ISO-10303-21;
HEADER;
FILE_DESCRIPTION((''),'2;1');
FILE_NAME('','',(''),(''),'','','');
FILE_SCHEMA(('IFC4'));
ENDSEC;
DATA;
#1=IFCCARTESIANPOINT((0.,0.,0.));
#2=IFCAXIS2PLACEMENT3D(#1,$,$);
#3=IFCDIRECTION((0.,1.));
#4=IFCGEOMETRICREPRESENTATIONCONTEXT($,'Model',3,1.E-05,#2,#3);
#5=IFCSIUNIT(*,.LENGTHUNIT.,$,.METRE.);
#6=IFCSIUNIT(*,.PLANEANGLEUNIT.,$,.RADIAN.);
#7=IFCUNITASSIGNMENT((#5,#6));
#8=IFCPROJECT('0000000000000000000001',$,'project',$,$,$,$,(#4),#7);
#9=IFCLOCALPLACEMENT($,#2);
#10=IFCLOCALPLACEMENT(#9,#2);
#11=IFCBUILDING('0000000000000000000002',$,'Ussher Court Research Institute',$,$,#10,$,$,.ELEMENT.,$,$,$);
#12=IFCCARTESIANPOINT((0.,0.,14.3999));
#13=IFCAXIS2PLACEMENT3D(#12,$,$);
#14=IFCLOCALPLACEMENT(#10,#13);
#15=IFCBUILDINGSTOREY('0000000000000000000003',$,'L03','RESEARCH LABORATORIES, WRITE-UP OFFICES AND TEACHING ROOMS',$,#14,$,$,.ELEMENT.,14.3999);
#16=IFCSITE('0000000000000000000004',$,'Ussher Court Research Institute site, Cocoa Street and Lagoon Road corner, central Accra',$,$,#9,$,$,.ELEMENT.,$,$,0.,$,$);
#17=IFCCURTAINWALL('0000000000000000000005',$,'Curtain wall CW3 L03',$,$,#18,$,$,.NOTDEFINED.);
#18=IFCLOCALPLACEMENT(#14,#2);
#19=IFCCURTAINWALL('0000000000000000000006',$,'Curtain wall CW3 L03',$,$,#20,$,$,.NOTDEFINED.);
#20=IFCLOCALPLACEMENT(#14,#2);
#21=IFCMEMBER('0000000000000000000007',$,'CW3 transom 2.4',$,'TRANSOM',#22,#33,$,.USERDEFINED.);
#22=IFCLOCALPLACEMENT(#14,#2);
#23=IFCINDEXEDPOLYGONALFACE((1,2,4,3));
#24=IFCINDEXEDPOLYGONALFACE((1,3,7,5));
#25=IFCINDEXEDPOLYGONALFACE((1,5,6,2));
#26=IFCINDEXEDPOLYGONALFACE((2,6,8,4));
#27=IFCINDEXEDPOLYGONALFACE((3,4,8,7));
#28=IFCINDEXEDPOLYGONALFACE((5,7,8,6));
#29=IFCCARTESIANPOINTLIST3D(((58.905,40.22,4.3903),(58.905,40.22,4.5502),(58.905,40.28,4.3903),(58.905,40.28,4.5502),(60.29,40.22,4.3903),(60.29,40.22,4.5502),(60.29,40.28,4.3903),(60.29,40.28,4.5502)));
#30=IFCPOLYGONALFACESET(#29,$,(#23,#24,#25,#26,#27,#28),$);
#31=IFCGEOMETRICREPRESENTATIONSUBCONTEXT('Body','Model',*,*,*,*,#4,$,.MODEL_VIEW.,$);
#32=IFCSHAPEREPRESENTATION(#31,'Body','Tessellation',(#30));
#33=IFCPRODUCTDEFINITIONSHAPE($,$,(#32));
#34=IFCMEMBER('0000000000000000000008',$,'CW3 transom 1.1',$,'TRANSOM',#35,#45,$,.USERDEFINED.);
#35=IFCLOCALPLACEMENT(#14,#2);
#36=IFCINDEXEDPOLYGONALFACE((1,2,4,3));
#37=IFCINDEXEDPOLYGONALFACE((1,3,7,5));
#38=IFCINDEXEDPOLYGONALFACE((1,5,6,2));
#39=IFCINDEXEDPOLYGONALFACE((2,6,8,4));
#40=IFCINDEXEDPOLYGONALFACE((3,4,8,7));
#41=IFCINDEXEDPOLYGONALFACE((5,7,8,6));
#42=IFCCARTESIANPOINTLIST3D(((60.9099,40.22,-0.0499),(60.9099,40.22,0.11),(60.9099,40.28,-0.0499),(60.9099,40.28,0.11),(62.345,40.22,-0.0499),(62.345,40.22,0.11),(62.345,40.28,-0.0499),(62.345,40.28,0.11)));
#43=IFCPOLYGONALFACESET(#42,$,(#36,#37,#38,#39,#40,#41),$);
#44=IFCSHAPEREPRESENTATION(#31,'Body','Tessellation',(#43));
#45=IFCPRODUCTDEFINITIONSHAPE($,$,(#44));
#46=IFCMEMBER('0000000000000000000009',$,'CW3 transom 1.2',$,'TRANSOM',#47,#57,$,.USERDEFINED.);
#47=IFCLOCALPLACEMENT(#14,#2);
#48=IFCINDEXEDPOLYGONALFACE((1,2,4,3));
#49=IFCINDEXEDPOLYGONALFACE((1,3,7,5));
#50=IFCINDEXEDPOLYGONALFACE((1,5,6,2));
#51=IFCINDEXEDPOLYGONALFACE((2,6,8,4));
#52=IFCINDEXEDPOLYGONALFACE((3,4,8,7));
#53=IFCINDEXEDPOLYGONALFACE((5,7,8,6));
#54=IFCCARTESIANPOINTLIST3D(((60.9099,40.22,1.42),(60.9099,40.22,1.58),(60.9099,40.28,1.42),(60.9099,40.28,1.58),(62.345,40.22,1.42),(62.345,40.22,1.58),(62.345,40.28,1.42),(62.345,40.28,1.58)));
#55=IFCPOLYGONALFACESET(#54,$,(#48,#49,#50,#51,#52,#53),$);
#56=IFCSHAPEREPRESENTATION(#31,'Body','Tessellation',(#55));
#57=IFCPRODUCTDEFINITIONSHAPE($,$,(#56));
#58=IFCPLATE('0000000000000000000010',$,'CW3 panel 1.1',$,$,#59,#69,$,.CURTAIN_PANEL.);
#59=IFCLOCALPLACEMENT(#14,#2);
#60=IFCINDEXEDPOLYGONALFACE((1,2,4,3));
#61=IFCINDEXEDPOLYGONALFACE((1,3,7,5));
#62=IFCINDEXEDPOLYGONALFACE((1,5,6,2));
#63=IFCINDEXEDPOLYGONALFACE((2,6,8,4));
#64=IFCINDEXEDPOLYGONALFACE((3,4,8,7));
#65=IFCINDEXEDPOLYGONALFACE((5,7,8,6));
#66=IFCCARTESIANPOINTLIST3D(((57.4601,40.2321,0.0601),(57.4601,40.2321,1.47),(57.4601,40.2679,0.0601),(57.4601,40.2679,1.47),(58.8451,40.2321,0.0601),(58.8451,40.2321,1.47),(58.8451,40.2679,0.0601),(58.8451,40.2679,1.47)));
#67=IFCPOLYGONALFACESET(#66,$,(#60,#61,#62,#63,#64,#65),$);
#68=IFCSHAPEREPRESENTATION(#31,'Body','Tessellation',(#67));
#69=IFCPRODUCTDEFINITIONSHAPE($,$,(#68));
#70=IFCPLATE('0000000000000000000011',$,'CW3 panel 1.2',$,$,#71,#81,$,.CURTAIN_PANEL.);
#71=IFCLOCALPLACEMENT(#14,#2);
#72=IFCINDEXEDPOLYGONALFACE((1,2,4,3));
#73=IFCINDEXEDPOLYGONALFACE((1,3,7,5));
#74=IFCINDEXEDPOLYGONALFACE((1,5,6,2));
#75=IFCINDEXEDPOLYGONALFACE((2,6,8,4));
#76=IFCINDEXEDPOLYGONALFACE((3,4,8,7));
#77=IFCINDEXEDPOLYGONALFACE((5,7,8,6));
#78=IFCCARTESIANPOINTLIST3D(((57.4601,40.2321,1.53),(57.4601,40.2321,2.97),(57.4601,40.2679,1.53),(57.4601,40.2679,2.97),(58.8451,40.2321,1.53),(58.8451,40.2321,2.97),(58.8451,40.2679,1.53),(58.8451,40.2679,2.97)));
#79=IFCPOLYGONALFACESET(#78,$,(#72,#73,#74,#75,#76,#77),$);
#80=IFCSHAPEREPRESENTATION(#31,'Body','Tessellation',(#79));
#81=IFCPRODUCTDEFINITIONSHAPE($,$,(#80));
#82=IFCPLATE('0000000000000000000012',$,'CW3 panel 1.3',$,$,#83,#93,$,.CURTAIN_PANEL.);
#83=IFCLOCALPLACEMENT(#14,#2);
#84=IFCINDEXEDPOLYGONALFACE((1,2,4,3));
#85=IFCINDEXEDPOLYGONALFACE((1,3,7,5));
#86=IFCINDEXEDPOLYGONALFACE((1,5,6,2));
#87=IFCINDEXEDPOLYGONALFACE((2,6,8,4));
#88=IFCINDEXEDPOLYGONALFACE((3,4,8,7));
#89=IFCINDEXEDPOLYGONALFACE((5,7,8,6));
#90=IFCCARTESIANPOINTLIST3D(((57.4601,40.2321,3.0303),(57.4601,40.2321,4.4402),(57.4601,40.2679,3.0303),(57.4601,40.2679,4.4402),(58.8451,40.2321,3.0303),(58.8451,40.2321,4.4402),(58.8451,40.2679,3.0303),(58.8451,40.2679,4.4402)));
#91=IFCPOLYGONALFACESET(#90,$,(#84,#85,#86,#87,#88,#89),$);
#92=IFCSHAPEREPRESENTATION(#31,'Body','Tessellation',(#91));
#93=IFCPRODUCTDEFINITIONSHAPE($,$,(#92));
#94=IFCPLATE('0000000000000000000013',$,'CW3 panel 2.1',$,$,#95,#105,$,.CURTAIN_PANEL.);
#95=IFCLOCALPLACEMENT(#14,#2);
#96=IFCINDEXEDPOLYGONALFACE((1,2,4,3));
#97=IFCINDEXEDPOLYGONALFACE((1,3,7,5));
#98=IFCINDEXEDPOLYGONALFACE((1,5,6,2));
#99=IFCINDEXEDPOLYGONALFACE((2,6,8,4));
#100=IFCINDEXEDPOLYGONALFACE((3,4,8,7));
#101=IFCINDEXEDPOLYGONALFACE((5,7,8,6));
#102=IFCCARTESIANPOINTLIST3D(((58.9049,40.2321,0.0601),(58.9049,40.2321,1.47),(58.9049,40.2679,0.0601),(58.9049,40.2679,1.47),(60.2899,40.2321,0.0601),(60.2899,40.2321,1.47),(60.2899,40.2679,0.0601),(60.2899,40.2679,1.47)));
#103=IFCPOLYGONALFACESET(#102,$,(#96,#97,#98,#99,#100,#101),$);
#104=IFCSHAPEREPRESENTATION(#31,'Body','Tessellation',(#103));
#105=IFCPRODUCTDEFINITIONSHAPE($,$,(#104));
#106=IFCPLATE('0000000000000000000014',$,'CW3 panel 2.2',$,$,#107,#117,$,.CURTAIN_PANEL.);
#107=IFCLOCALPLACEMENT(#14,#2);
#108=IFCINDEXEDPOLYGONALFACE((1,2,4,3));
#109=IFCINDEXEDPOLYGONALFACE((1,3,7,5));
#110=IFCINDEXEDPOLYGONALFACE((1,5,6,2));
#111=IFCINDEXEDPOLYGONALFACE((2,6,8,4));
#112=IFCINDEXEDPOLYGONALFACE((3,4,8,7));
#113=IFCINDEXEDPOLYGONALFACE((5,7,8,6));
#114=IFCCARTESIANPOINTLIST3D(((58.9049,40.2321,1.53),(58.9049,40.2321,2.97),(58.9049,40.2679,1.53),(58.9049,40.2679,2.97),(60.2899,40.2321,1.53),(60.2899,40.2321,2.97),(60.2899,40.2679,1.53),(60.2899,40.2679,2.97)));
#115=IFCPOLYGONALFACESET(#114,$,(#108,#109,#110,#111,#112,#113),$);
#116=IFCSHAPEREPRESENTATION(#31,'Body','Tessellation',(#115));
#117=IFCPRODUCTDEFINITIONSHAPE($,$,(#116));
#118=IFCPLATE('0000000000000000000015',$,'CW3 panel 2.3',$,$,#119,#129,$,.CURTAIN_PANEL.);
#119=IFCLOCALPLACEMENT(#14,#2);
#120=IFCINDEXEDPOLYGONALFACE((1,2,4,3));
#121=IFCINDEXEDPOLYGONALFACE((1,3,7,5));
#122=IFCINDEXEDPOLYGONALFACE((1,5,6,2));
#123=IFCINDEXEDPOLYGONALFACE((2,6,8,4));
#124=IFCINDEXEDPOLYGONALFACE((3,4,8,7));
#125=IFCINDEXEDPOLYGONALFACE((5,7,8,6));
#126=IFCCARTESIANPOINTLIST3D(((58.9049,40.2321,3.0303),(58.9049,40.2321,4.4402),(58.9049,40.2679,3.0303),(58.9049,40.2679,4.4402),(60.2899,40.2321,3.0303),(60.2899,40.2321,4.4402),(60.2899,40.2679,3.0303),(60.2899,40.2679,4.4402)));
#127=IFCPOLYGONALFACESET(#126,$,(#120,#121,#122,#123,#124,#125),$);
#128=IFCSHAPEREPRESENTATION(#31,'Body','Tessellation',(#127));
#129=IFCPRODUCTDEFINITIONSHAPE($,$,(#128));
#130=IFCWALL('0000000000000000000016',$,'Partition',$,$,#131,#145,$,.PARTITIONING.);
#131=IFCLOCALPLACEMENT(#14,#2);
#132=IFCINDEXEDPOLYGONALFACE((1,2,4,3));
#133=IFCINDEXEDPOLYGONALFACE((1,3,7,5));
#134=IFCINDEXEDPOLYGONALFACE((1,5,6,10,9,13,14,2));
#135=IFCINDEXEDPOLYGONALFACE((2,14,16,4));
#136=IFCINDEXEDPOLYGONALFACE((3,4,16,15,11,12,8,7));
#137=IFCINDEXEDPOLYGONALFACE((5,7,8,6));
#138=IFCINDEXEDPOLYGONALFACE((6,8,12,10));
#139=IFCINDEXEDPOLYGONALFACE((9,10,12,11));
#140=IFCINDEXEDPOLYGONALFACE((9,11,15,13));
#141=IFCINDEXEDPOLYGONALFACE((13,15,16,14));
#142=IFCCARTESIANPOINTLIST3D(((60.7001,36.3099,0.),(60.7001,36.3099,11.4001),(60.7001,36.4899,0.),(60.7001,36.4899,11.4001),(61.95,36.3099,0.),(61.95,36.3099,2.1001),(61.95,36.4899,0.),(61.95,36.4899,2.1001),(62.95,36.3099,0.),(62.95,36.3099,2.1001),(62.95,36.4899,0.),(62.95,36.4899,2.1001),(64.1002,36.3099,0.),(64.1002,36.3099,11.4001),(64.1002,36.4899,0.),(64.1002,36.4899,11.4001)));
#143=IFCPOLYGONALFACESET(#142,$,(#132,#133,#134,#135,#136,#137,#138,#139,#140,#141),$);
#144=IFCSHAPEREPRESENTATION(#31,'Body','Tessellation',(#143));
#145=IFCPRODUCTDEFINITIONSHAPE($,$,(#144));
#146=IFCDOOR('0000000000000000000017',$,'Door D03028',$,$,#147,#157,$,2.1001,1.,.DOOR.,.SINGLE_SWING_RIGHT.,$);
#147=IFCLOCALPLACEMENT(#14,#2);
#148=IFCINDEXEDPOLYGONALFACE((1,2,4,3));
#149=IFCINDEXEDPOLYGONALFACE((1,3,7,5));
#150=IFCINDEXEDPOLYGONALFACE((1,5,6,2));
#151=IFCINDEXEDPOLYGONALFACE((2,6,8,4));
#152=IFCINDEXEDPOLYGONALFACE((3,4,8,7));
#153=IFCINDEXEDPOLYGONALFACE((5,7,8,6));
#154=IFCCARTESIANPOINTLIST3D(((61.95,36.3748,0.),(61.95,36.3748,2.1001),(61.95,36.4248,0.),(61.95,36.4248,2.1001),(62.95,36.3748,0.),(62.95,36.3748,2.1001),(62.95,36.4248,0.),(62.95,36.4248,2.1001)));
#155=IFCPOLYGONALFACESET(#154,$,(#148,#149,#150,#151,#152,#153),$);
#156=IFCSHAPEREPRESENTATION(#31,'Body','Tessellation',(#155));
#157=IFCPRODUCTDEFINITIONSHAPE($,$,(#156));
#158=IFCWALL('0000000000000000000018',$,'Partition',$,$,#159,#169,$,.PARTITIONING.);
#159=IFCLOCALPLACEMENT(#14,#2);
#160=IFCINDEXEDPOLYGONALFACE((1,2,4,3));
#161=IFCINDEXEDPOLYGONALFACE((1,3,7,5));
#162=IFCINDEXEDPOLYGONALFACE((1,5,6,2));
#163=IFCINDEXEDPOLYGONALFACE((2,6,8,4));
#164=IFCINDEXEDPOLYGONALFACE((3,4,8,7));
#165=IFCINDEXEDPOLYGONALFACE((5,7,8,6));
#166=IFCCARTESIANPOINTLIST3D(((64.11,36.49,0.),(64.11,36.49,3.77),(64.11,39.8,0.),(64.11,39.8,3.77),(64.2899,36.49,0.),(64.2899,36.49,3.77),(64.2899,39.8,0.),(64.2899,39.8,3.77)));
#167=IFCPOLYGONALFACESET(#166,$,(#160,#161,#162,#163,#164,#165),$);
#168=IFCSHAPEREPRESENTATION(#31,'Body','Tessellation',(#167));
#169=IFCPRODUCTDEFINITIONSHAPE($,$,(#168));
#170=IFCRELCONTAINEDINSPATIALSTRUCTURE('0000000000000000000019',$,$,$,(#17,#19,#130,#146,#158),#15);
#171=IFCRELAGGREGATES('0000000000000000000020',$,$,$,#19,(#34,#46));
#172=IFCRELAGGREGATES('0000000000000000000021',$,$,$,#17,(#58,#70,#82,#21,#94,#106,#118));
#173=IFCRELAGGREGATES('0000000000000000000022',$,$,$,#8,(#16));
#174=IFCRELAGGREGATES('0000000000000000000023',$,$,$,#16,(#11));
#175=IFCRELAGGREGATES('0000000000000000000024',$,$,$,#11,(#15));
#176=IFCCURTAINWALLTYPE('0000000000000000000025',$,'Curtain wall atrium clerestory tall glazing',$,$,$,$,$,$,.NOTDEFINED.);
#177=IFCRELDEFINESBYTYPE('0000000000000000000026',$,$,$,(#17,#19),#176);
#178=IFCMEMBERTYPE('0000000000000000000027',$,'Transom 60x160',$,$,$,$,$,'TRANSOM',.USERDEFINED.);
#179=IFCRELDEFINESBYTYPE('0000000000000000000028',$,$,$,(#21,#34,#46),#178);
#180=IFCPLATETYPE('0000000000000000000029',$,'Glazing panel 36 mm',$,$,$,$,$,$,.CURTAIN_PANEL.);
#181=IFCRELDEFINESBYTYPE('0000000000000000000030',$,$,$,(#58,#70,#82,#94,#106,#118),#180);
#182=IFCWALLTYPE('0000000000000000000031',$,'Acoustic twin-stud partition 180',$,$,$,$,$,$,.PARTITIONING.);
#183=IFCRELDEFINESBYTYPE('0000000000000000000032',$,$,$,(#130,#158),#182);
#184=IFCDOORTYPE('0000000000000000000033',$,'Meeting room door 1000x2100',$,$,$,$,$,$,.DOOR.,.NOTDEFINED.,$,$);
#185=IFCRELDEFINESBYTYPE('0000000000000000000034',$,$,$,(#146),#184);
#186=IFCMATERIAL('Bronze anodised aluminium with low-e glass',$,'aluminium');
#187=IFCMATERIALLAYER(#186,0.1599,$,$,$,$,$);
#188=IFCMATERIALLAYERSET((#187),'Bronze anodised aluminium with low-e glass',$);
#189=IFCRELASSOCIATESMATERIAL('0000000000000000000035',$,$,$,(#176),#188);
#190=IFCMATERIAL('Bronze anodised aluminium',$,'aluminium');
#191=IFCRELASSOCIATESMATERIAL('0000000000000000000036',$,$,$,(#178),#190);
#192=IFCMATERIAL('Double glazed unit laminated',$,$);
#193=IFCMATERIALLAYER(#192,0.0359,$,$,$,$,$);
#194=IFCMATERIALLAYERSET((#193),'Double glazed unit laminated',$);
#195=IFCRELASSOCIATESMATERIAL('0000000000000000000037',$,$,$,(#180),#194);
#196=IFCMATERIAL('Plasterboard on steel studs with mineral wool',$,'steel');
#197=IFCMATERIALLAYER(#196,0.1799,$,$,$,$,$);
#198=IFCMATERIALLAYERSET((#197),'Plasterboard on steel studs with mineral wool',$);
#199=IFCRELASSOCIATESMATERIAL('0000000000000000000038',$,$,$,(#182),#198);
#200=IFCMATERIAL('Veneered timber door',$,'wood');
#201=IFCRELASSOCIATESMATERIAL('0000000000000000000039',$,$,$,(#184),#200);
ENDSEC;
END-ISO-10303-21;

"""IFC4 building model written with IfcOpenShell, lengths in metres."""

from ifc_helpers import new_model, si_unit, direction, frame, frame_2d, origin, origin_2d, place, context, subcontext, project, spatial, rectangle, extrude, material, layer, layer_set, material_profile, profile_set, type_object, element, fill, aggregate, save


model = new_model("IFC4")

# Units and contexts
model_context = context("Model", 3, precision=1e-05, world=origin(), true_north=direction((0.0, 1.0)))
body_context = subcontext(model_context, "Body", "Model", "MODEL_VIEW")
ifc_project = project(units=[si_unit("LENGTHUNIT", "METRE"), si_unit("PLANEANGLEUNIT", "RADIAN")], contexts=[model_context])

# Site, building, storey
site_placement = place(None, origin())
site = spatial("IfcSite", under=ifc_project, at=site_placement, Name="Ussher Court Research Institute site, Cocoa Street and Lagoon Road corner, central Accra", CompositionType="ELEMENT", RefElevation=0.0)
building_placement = place(site_placement, origin())
building = spatial("IfcBuilding", under=site, at=building_placement, Name="Ussher Court Research Institute", CompositionType="ELEMENT")
storey_placement = place(building_placement, frame((0.0, 0.0, 14.3999)))
storey = spatial("IfcBuildingStorey", under=building, at=storey_placement, Name="L03", Description="RESEARCH LABORATORIES, WRITE-UP OFFICES AND TEACHING ROOMS", CompositionType="ELEMENT", Elevation=14.3999)

# Curtain wall
ifc_material_1 = material(Name="Bronze anodised aluminium with low-e glass", Category="aluminium")
ifc_layer_1 = layer(ifc_material_1, 0.1599)
ifc_layer_set_1 = layer_set([ifc_layer_1], Name="Bronze anodised aluminium with low-e glass")
curtain_wall_type = type_object("IfcCurtainWallType", Name="Curtain wall atrium clerestory tall glazing", PredefinedType="NOTDEFINED", material=ifc_layer_set_1)
curtain_wall_1_placement = place(storey_placement, origin())
curtain_wall_1 = element("IfcCurtainWall", 1, at=curtain_wall_1_placement, inside=storey, type_object=curtain_wall_type, Name="Curtain wall CW3 L03", PredefinedType="NOTDEFINED")

# Curtain wall
curtain_wall_2_placement = place(storey_placement, origin())
curtain_wall_2 = element("IfcCurtainWall", 2, at=curtain_wall_2_placement, inside=storey, type_object=curtain_wall_type, Name="Curtain wall CW3 L03", PredefinedType="NOTDEFINED")

# Members
ifc_material_2 = material(Name="Bronze anodised aluminium", Category="aluminium")
ifc_material_profile_1 = material_profile(ifc_material_2, rectangle(XDim=0.0601, YDim=0.1599, at=origin_2d()), Name="Transom 60x160")
ifc_profile_set_1 = profile_set([ifc_material_profile_1], Name="Bronze anodised aluminium")
member_type_1 = type_object("IfcMemberType", Name="Transom 60x160", ElementType="TRANSOM", PredefinedType="USERDEFINED", material=ifc_profile_set_1)
member_1_placement = place(storey_placement, frame((58.905, 40.25, 4.4702), z_axis=(1.0, 0.0, 0.0), x_axis=(0.0, 1.0, 0.0)))
member_1 = element("IfcMember", 3, at=member_1_placement, type_object=member_type_1, Name="CW3 transom 2.4", ObjectType="TRANSOM", PredefinedType="USERDEFINED", context=body_context, shape_type="SweptSolid", body=[
    extrude(rectangle(XDim=0.0601, YDim=0.1599, at=origin_2d()), origin(), (0.0, 0.0, 1.0), 1.385),
])
member_2_placement = place(storey_placement, frame((60.9099, 40.25, 0.03), z_axis=(1.0, 0.0, 0.0), x_axis=(0.0, 1.0, 0.0)))
member_2 = element("IfcMember", 4, at=member_2_placement, type_object=member_type_1, Name="CW3 transom 1.1", ObjectType="TRANSOM", PredefinedType="USERDEFINED", context=body_context, shape_type="SweptSolid", body=[
    extrude(rectangle(XDim=0.0601, YDim=0.1599, at=origin_2d()), origin(), (0.0, 0.0, 1.0), 1.4351),
])
member_3_placement = place(storey_placement, frame((60.9099, 40.25, 1.5), z_axis=(1.0, 0.0, 0.0), x_axis=(0.0, 1.0, 0.0)))
member_3 = element("IfcMember", 5, at=member_3_placement, type_object=member_type_1, Name="CW3 transom 1.2", ObjectType="TRANSOM", PredefinedType="USERDEFINED", context=body_context, shape_type="SweptSolid", body=[
    extrude(rectangle(XDim=0.0601, YDim=0.1599, at=origin_2d()), origin(), (0.0, 0.0, 1.0), 1.4351),
])
aggregate(curtain_wall_2, [member_2, member_3])

# Plates
ifc_material_3 = material(Name="Double glazed unit laminated")
ifc_layer_2 = layer(ifc_material_3, 0.0359)
ifc_layer_set_2 = layer_set([ifc_layer_2], Name="Double glazed unit laminated")
plate_type = type_object("IfcPlateType", Name="Glazing panel 36 mm", PredefinedType="CURTAIN_PANEL", material=ifc_layer_set_2)
plate_1_placement = place(storey_placement, frame((58.1526, 40.25, 0.0601), z_axis=(0.0, 0.0, 1.0), x_axis=(1.0, 0.0, 0.0)))
plate_1 = element("IfcPlate", 6, at=plate_1_placement, type_object=plate_type, Name="CW3 panel 1.1", PredefinedType="CURTAIN_PANEL", context=body_context, shape_type="SweptSolid", body=[
    extrude(rectangle(XDim=1.385, YDim=0.0359, at=origin_2d()), origin(), (0.0, 0.0, 1.0), 1.4099),
])
plate_2_placement = place(storey_placement, frame((58.1526, 40.25, 1.53), z_axis=(0.0, 0.0, 1.0), x_axis=(1.0, 0.0, 0.0)))
plate_2 = element("IfcPlate", 7, at=plate_2_placement, type_object=plate_type, Name="CW3 panel 1.2", PredefinedType="CURTAIN_PANEL", context=body_context, shape_type="SweptSolid", body=[
    extrude(rectangle(XDim=1.385, YDim=0.0359, at=origin_2d()), origin(), (0.0, 0.0, 1.0), 1.4399),
])
plate_3_placement = place(storey_placement, frame((58.1526, 40.25, 3.0303), z_axis=(0.0, 0.0, 1.0), x_axis=(1.0, 0.0, 0.0)))
plate_3 = element("IfcPlate", 8, at=plate_3_placement, type_object=plate_type, Name="CW3 panel 1.3", PredefinedType="CURTAIN_PANEL", context=body_context, shape_type="SweptSolid", body=[
    extrude(rectangle(XDim=1.385, YDim=0.0359, at=origin_2d()), origin(), (0.0, 0.0, 1.0), 1.4099),
])
plate_4_placement = place(storey_placement, frame((59.5974, 40.25, 0.0601), z_axis=(0.0, 0.0, 1.0), x_axis=(1.0, 0.0, 0.0)))
plate_4 = element("IfcPlate", 9, at=plate_4_placement, type_object=plate_type, Name="CW3 panel 2.1", PredefinedType="CURTAIN_PANEL", context=body_context, shape_type="SweptSolid", body=[
    extrude(rectangle(XDim=1.385, YDim=0.0359, at=origin_2d()), origin(), (0.0, 0.0, 1.0), 1.4099),
])
plate_5_placement = place(storey_placement, frame((59.5974, 40.25, 1.53), z_axis=(0.0, 0.0, 1.0), x_axis=(1.0, 0.0, 0.0)))
plate_5 = element("IfcPlate", 10, at=plate_5_placement, type_object=plate_type, Name="CW3 panel 2.2", PredefinedType="CURTAIN_PANEL", context=body_context, shape_type="SweptSolid", body=[
    extrude(rectangle(XDim=1.385, YDim=0.0359, at=origin_2d()), origin(), (0.0, 0.0, 1.0), 1.4399),
])
plate_6_placement = place(storey_placement, frame((59.5974, 40.25, 3.0303), z_axis=(0.0, 0.0, 1.0), x_axis=(1.0, 0.0, 0.0)))
plate_6 = element("IfcPlate", 11, at=plate_6_placement, type_object=plate_type, Name="CW3 panel 2.3", PredefinedType="CURTAIN_PANEL", context=body_context, shape_type="SweptSolid", body=[
    extrude(rectangle(XDim=1.385, YDim=0.0359, at=origin_2d()), origin(), (0.0, 0.0, 1.0), 1.4099),
])
aggregate(curtain_wall_1, [plate_1, plate_2, plate_3, member_1, plate_4, plate_5, plate_6])

# Wall, opening, door
ifc_material_4 = material(Name="Plasterboard on steel studs with mineral wool", Category="steel")
ifc_layer_3 = layer(ifc_material_4, 0.1799)
ifc_layer_set_3 = layer_set([ifc_layer_3], Name="Plasterboard on steel studs with mineral wool")
wall_type = type_object("IfcWallType", Name="Acoustic twin-stud partition 180", PredefinedType="PARTITIONING", material=ifc_layer_set_3)
wall_1_placement = place(storey_placement, frame((60.7, 36.3999, 0.0), z_axis=(0.0, 0.0, 1.0), x_axis=(1.0, 0.0, 0.0)))
wall_1 = element("IfcWall", 12, at=wall_1_placement, inside=storey, type_object=wall_type, Name="Partition", PredefinedType="PARTITIONING", context=body_context, shape_type="SweptSolid", body=[
    extrude(rectangle(XDim=3.4001, YDim=0.1799, at=frame_2d((1.7002, 0.0))), origin(), (0.0, 0.0, 1.0), 11.4001),
])
opening_placement = place(wall_1_placement, frame((1.25, 0.0, 0.0)))
opening = element("IfcOpeningElement", 13, at=opening_placement, cuts=wall_1, PredefinedType="OPENING", context=body_context, shape_type="SweptSolid", body=[
    extrude(rectangle(XDim=1.0, YDim=2.1001, at=frame_2d((0.5, 1.05))), frame((0.0, 0.1001, 0.0), z_axis=(0.0, -1.0, 0.0), x_axis=(1.0, 0.0, 0.0)), (0.0, 0.0, 1.0), 0.2),
])
ifc_material_5 = material(Name="Veneered timber door", Category="wood")
door_type = type_object("IfcDoorType", Name="Meeting room door 1000x2100", OperationType="NOTDEFINED", PredefinedType="DOOR", material=ifc_material_5)
door_placement = place(opening_placement, origin())
door = element("IfcDoor", 14, at=door_placement, inside=storey, type_object=door_type, Name="Door D03028", OperationType="SINGLE_SWING_RIGHT", OverallHeight=2.1001, OverallWidth=1.0, PredefinedType="DOOR", context=body_context, shape_type="SweptSolid", body=[
    extrude(rectangle(XDim=1.0, YDim=2.1001, at=frame_2d((0.5, 1.05))), frame((0.0, 0.0249, 0.0), z_axis=(0.0, -1.0, 0.0), x_axis=(1.0, 0.0, 0.0)), (0.0, 0.0, 1.0), 0.05),
])
fill(opening, door)

# Wall
wall_2_placement = place(storey_placement, frame((64.2, 36.49, 0.0), z_axis=(0.0, 0.0, 1.0), x_axis=(0.0, 1.0, 0.0)))
element("IfcWall", 15, at=wall_2_placement, inside=storey, type_object=wall_type, Name="Partition", PredefinedType="PARTITIONING", context=body_context, shape_type="SweptSolid", body=[
    extrude(rectangle(XDim=3.3101, YDim=0.1799, at=frame_2d((1.655, 0.0))), origin(), (0.0, 0.0, 1.0), 3.77),
])

save(model, "model.ifc")
